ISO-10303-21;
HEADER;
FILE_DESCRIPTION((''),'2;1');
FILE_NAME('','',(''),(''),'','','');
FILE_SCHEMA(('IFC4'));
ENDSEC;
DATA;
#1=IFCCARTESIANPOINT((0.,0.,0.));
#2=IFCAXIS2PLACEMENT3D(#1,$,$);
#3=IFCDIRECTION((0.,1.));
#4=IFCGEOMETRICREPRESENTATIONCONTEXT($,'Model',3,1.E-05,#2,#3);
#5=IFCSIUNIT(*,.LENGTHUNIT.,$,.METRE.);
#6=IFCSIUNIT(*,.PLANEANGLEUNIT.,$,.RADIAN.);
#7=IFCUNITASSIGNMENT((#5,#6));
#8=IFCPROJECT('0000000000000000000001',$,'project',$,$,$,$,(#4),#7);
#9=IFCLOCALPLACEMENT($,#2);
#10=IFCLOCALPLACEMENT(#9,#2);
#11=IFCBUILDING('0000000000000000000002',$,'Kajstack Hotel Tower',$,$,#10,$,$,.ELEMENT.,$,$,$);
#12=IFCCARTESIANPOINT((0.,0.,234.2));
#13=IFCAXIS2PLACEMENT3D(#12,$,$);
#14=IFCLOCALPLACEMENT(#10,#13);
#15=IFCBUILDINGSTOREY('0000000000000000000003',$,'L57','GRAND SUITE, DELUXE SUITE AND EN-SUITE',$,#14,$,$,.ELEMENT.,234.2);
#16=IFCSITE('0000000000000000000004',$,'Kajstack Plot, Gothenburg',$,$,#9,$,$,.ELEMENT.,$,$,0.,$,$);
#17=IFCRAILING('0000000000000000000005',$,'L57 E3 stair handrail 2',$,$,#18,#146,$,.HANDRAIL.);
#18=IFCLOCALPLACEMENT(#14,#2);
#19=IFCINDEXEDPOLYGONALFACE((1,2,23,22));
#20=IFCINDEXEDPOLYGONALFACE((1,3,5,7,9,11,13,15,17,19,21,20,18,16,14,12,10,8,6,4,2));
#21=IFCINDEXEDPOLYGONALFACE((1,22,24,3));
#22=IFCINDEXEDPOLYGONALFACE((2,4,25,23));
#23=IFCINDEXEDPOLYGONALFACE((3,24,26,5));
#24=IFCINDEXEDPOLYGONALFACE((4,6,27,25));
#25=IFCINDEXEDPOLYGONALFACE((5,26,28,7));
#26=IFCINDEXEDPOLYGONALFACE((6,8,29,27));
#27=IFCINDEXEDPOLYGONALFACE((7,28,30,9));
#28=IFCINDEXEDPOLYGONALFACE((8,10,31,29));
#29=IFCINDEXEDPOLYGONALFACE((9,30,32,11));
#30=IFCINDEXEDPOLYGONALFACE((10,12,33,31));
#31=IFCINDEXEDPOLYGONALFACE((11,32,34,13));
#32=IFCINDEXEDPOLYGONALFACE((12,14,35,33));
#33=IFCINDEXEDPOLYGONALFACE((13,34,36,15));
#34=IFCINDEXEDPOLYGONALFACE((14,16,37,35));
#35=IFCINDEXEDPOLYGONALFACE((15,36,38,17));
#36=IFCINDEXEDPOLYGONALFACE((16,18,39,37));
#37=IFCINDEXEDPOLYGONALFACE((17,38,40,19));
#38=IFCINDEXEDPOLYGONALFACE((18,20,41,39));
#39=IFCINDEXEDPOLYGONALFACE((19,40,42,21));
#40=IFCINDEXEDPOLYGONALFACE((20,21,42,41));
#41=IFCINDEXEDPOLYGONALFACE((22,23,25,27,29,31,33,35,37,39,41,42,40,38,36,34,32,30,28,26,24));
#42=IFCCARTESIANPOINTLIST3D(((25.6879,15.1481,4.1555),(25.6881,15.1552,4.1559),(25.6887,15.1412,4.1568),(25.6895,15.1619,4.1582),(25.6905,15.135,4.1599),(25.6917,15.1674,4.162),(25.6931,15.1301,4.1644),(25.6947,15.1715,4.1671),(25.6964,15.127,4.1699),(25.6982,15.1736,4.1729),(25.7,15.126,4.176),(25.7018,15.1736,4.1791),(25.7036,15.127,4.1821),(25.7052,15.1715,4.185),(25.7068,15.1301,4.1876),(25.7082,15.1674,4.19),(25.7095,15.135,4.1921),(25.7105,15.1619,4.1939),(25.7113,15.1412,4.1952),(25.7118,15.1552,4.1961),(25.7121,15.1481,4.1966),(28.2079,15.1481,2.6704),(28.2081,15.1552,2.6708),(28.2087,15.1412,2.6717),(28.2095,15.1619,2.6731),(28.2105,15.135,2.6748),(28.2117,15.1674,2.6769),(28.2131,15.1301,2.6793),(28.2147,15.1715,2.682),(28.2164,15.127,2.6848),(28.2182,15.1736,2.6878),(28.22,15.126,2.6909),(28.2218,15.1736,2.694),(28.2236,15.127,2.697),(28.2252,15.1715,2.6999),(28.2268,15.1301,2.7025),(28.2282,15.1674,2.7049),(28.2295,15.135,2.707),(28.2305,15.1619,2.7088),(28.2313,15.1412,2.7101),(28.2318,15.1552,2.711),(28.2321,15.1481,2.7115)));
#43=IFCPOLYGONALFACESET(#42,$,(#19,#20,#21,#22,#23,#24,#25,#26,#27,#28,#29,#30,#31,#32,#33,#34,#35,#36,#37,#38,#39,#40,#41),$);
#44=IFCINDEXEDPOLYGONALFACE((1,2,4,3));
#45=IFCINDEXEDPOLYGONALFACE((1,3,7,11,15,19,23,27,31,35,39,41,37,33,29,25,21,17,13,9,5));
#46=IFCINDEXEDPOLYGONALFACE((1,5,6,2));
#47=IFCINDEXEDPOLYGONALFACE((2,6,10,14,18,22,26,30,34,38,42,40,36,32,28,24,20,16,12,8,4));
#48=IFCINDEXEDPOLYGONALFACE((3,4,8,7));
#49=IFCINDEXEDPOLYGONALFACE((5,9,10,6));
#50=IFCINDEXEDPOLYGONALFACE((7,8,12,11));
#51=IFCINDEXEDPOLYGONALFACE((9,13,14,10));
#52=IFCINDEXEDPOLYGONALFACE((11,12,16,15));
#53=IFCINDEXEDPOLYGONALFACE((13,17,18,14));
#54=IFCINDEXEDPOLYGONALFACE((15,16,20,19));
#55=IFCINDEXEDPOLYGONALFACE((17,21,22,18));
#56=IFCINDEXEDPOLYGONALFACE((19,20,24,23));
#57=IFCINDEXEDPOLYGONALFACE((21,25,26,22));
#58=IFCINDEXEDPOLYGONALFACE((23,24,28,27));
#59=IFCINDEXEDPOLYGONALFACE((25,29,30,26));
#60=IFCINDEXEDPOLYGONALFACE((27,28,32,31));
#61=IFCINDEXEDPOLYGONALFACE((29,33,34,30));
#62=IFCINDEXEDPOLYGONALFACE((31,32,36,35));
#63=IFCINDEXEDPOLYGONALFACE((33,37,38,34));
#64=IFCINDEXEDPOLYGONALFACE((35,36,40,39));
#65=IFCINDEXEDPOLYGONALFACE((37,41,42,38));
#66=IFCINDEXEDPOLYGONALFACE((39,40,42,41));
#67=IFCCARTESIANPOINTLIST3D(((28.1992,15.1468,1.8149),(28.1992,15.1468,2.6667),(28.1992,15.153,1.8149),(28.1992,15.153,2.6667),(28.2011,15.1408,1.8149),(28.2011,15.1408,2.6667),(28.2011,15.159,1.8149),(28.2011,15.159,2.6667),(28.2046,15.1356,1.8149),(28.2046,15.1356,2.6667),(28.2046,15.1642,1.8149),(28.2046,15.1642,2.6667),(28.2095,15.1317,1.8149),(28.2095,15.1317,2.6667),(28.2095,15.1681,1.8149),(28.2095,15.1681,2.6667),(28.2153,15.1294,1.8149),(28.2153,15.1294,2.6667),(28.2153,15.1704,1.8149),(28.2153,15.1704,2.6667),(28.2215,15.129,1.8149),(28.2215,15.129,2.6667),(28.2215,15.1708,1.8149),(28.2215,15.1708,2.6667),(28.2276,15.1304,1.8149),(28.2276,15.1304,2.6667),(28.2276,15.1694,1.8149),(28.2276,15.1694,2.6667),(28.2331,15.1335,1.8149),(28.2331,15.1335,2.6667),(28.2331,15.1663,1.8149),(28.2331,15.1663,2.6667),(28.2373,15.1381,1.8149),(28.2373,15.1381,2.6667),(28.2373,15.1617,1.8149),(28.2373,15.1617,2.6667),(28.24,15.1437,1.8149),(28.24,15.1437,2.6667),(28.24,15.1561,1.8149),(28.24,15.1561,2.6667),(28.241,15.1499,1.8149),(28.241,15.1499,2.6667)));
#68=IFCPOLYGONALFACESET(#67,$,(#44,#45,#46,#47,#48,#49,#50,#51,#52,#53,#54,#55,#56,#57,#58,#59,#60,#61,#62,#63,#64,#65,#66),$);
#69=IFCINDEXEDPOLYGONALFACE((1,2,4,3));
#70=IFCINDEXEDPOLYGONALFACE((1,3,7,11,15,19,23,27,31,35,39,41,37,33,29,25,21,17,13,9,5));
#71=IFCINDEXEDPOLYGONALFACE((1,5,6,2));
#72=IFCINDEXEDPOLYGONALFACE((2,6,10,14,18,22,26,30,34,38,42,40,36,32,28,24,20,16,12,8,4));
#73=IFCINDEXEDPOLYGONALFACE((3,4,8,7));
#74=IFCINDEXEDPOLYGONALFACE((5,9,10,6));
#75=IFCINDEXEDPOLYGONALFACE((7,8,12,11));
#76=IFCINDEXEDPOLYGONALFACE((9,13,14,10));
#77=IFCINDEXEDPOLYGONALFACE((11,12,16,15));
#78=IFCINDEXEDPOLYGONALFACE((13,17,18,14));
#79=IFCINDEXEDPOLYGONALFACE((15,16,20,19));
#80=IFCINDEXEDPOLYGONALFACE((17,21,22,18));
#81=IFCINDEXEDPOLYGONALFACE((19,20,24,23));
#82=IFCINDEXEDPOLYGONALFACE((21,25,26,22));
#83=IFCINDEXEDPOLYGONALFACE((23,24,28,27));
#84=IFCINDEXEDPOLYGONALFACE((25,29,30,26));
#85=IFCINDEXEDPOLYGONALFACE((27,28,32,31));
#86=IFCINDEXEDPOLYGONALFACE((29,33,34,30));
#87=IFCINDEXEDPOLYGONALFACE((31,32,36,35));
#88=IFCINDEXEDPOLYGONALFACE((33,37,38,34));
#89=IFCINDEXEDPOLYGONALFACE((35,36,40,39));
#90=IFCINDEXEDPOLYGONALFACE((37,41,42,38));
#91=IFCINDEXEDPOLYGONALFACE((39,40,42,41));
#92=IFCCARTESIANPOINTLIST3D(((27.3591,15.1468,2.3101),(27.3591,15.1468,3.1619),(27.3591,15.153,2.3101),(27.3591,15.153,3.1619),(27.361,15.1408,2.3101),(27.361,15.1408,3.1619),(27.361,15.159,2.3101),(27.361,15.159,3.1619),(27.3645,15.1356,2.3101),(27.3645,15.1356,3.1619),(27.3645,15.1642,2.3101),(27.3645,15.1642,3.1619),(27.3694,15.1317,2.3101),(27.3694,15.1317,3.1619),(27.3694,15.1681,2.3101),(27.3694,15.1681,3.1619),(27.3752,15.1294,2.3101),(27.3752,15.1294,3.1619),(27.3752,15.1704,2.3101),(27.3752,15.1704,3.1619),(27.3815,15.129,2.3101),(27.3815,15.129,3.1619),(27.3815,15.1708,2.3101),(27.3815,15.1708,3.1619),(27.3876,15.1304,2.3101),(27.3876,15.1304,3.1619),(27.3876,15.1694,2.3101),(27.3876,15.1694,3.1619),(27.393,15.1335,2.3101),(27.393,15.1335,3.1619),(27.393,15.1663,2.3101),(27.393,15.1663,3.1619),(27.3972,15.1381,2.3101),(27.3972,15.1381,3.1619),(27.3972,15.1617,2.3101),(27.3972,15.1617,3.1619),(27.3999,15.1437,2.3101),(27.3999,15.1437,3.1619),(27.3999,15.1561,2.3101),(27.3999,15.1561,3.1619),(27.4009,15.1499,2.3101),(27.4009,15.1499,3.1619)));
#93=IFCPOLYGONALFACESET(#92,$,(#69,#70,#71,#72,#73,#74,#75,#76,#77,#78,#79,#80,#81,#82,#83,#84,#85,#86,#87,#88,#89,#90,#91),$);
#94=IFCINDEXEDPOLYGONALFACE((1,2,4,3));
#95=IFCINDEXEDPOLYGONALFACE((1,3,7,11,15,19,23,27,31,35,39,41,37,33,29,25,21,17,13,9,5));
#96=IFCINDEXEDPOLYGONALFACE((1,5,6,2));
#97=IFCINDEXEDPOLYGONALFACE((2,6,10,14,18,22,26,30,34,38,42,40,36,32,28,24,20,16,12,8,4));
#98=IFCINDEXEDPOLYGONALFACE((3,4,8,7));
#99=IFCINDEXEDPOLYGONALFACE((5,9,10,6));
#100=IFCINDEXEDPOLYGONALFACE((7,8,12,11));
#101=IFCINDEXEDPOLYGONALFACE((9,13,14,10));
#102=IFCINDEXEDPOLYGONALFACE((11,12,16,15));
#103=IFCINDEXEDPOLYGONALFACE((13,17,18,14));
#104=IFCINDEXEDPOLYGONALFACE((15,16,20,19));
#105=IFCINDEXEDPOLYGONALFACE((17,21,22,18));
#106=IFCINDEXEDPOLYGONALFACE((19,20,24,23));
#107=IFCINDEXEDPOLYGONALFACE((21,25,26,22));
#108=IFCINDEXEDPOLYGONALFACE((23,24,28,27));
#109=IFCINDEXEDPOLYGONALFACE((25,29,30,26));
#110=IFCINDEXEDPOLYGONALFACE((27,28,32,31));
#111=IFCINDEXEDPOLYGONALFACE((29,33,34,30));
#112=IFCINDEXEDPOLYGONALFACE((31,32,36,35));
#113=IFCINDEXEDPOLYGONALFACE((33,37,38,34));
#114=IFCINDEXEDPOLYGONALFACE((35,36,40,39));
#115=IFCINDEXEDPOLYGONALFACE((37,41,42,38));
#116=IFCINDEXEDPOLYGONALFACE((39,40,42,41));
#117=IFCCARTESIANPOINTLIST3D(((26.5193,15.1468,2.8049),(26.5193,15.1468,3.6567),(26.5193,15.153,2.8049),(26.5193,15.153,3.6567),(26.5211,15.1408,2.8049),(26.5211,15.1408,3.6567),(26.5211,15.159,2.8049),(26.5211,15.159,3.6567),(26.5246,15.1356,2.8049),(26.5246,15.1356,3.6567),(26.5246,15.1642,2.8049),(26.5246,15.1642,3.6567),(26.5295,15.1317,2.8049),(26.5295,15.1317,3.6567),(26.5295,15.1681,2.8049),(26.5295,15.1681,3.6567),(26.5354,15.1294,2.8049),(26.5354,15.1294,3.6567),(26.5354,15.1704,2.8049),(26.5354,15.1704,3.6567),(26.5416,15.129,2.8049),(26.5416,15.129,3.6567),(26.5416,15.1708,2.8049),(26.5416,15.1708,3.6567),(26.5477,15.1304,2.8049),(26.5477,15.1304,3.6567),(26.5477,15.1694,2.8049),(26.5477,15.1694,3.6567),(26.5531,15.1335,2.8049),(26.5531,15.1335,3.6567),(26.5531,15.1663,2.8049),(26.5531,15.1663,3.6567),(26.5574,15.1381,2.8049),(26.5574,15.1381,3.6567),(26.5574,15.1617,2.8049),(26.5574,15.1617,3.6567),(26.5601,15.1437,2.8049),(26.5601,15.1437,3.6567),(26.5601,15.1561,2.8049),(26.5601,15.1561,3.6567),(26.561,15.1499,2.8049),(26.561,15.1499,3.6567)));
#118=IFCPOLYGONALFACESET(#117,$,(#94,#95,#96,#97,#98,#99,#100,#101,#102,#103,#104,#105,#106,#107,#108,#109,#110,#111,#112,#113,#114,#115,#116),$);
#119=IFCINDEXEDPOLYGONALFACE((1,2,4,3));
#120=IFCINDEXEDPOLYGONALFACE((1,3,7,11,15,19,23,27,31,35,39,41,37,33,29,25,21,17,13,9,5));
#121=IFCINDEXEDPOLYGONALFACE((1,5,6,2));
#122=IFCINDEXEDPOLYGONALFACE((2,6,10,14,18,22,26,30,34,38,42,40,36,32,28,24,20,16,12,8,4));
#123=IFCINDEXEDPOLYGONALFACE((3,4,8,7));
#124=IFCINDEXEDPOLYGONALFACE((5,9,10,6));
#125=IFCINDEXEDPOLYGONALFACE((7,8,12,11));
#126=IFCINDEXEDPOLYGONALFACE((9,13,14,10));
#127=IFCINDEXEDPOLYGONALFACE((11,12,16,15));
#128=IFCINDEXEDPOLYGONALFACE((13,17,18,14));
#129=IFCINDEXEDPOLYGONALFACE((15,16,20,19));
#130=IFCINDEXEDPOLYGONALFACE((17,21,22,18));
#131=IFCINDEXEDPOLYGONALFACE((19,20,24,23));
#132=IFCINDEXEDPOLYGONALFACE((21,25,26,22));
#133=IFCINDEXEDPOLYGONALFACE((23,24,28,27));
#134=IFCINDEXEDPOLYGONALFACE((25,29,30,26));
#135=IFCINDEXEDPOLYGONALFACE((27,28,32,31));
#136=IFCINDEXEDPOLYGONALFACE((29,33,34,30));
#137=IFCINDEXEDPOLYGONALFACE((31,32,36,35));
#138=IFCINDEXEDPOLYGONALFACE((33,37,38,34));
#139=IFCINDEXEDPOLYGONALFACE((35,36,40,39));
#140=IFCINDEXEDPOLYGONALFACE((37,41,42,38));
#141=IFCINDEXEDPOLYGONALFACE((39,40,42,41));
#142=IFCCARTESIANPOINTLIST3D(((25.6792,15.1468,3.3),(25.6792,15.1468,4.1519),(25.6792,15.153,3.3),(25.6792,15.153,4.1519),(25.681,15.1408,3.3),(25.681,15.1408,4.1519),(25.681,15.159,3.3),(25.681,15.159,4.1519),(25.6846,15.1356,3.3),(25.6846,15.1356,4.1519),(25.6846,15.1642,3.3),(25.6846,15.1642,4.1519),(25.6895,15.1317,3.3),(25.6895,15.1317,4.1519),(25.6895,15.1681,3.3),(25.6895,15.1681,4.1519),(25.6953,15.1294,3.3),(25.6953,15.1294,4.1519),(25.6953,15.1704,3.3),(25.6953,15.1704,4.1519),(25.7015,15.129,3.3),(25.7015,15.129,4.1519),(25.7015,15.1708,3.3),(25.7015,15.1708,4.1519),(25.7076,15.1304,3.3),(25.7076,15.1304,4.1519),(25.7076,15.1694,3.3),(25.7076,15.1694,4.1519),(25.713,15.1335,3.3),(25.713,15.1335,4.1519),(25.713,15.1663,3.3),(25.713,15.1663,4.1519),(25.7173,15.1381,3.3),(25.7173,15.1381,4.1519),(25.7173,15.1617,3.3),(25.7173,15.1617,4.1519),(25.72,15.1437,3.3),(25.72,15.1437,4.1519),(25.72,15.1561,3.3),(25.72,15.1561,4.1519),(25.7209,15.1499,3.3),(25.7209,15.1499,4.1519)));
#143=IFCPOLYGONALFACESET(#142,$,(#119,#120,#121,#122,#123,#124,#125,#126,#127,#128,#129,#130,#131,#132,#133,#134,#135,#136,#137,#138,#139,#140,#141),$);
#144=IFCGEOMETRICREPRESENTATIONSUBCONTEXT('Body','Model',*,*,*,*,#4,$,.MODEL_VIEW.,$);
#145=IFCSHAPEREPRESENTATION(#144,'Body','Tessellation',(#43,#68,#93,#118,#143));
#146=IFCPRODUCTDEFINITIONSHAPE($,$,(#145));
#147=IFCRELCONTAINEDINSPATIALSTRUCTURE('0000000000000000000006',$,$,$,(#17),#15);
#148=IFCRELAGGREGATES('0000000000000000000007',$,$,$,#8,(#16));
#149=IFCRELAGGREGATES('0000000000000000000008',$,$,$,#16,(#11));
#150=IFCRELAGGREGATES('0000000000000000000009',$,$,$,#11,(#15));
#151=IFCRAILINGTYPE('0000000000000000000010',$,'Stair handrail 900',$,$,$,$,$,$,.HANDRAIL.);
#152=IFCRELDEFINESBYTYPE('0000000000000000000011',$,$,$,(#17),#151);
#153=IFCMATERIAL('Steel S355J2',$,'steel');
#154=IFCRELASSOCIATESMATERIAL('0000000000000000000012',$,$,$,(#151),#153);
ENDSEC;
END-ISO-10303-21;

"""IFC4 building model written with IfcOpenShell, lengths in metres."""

from ifc_helpers import new_model, si_unit, direction, frame, origin, origin_2d, place, context, subcontext, project, spatial, circle, extrude, material, type_object, element, save


model = new_model("IFC4")

# Units and contexts
model_context = context("Model", 3, precision=1e-05, world=origin(), true_north=direction((0.0, 1.0)))
body_context = subcontext(model_context, "Body", "Model", "MODEL_VIEW")
ifc_project = project(units=[si_unit("LENGTHUNIT", "METRE"), si_unit("PLANEANGLEUNIT", "RADIAN")], contexts=[model_context])

# Site, building, storey
site_placement = place(None, origin())
site = spatial("IfcSite", under=ifc_project, at=site_placement, Name="Kajstack Plot, Gothenburg", CompositionType="ELEMENT", RefElevation=0.0)
building_placement = place(site_placement, origin())
building = spatial("IfcBuilding", under=site, at=building_placement, Name="Kajstack Hotel Tower", CompositionType="ELEMENT")
storey_placement = place(building_placement, frame((0.0, 0.0, 234.2)))
storey = spatial("IfcBuildingStorey", under=building, at=storey_placement, Name="L57", Description="GRAND SUITE, DELUXE SUITE AND EN-SUITE", CompositionType="ELEMENT", Elevation=234.2)

# Railing
ifc_material_1 = material(Name="Steel S355J2", Category="steel")
railing_type_1 = type_object("IfcRailingType", Name="Stair handrail 900", PredefinedType="HANDRAIL", material=ifc_material_1)
railing_1_placement = place(storey_placement, frame((28.22, 15.1499, 1.8149)))
element("IfcRailing", 1, at=railing_1_placement, inside=storey, type_object=railing_type_1, Name="L57 E3 stair handrail 2", PredefinedType="HANDRAIL", context=body_context, shape_type="SweptSolid", body=[
    extrude(circle(Radius=0.0239, at=origin_2d()), frame((0.0, 0.0, 0.876), z_axis=(-0.861524, 0.0, 0.507717), x_axis=(0.0, -1.0, 0.0)), (0.0, 0.0, 1.0), 2.925),
    extrude(circle(Radius=0.021, at=origin_2d()), origin(), (0.0, 0.0, 1.0), 0.8518),
    extrude(circle(Radius=0.021, at=origin_2d()), frame((-0.8401, 0.0, 0.4951)), (0.0, 0.0, 1.0), 0.8518),
    extrude(circle(Radius=0.021, at=origin_2d()), frame((-1.6799, 0.0, 0.99)), (0.0, 0.0, 1.0), 0.8518),
    extrude(circle(Radius=0.021, at=origin_2d()), frame((-2.52, 0.0, 1.4851)), (0.0, 0.0, 1.0), 0.8518),
])

save(model, "model.ifc")
